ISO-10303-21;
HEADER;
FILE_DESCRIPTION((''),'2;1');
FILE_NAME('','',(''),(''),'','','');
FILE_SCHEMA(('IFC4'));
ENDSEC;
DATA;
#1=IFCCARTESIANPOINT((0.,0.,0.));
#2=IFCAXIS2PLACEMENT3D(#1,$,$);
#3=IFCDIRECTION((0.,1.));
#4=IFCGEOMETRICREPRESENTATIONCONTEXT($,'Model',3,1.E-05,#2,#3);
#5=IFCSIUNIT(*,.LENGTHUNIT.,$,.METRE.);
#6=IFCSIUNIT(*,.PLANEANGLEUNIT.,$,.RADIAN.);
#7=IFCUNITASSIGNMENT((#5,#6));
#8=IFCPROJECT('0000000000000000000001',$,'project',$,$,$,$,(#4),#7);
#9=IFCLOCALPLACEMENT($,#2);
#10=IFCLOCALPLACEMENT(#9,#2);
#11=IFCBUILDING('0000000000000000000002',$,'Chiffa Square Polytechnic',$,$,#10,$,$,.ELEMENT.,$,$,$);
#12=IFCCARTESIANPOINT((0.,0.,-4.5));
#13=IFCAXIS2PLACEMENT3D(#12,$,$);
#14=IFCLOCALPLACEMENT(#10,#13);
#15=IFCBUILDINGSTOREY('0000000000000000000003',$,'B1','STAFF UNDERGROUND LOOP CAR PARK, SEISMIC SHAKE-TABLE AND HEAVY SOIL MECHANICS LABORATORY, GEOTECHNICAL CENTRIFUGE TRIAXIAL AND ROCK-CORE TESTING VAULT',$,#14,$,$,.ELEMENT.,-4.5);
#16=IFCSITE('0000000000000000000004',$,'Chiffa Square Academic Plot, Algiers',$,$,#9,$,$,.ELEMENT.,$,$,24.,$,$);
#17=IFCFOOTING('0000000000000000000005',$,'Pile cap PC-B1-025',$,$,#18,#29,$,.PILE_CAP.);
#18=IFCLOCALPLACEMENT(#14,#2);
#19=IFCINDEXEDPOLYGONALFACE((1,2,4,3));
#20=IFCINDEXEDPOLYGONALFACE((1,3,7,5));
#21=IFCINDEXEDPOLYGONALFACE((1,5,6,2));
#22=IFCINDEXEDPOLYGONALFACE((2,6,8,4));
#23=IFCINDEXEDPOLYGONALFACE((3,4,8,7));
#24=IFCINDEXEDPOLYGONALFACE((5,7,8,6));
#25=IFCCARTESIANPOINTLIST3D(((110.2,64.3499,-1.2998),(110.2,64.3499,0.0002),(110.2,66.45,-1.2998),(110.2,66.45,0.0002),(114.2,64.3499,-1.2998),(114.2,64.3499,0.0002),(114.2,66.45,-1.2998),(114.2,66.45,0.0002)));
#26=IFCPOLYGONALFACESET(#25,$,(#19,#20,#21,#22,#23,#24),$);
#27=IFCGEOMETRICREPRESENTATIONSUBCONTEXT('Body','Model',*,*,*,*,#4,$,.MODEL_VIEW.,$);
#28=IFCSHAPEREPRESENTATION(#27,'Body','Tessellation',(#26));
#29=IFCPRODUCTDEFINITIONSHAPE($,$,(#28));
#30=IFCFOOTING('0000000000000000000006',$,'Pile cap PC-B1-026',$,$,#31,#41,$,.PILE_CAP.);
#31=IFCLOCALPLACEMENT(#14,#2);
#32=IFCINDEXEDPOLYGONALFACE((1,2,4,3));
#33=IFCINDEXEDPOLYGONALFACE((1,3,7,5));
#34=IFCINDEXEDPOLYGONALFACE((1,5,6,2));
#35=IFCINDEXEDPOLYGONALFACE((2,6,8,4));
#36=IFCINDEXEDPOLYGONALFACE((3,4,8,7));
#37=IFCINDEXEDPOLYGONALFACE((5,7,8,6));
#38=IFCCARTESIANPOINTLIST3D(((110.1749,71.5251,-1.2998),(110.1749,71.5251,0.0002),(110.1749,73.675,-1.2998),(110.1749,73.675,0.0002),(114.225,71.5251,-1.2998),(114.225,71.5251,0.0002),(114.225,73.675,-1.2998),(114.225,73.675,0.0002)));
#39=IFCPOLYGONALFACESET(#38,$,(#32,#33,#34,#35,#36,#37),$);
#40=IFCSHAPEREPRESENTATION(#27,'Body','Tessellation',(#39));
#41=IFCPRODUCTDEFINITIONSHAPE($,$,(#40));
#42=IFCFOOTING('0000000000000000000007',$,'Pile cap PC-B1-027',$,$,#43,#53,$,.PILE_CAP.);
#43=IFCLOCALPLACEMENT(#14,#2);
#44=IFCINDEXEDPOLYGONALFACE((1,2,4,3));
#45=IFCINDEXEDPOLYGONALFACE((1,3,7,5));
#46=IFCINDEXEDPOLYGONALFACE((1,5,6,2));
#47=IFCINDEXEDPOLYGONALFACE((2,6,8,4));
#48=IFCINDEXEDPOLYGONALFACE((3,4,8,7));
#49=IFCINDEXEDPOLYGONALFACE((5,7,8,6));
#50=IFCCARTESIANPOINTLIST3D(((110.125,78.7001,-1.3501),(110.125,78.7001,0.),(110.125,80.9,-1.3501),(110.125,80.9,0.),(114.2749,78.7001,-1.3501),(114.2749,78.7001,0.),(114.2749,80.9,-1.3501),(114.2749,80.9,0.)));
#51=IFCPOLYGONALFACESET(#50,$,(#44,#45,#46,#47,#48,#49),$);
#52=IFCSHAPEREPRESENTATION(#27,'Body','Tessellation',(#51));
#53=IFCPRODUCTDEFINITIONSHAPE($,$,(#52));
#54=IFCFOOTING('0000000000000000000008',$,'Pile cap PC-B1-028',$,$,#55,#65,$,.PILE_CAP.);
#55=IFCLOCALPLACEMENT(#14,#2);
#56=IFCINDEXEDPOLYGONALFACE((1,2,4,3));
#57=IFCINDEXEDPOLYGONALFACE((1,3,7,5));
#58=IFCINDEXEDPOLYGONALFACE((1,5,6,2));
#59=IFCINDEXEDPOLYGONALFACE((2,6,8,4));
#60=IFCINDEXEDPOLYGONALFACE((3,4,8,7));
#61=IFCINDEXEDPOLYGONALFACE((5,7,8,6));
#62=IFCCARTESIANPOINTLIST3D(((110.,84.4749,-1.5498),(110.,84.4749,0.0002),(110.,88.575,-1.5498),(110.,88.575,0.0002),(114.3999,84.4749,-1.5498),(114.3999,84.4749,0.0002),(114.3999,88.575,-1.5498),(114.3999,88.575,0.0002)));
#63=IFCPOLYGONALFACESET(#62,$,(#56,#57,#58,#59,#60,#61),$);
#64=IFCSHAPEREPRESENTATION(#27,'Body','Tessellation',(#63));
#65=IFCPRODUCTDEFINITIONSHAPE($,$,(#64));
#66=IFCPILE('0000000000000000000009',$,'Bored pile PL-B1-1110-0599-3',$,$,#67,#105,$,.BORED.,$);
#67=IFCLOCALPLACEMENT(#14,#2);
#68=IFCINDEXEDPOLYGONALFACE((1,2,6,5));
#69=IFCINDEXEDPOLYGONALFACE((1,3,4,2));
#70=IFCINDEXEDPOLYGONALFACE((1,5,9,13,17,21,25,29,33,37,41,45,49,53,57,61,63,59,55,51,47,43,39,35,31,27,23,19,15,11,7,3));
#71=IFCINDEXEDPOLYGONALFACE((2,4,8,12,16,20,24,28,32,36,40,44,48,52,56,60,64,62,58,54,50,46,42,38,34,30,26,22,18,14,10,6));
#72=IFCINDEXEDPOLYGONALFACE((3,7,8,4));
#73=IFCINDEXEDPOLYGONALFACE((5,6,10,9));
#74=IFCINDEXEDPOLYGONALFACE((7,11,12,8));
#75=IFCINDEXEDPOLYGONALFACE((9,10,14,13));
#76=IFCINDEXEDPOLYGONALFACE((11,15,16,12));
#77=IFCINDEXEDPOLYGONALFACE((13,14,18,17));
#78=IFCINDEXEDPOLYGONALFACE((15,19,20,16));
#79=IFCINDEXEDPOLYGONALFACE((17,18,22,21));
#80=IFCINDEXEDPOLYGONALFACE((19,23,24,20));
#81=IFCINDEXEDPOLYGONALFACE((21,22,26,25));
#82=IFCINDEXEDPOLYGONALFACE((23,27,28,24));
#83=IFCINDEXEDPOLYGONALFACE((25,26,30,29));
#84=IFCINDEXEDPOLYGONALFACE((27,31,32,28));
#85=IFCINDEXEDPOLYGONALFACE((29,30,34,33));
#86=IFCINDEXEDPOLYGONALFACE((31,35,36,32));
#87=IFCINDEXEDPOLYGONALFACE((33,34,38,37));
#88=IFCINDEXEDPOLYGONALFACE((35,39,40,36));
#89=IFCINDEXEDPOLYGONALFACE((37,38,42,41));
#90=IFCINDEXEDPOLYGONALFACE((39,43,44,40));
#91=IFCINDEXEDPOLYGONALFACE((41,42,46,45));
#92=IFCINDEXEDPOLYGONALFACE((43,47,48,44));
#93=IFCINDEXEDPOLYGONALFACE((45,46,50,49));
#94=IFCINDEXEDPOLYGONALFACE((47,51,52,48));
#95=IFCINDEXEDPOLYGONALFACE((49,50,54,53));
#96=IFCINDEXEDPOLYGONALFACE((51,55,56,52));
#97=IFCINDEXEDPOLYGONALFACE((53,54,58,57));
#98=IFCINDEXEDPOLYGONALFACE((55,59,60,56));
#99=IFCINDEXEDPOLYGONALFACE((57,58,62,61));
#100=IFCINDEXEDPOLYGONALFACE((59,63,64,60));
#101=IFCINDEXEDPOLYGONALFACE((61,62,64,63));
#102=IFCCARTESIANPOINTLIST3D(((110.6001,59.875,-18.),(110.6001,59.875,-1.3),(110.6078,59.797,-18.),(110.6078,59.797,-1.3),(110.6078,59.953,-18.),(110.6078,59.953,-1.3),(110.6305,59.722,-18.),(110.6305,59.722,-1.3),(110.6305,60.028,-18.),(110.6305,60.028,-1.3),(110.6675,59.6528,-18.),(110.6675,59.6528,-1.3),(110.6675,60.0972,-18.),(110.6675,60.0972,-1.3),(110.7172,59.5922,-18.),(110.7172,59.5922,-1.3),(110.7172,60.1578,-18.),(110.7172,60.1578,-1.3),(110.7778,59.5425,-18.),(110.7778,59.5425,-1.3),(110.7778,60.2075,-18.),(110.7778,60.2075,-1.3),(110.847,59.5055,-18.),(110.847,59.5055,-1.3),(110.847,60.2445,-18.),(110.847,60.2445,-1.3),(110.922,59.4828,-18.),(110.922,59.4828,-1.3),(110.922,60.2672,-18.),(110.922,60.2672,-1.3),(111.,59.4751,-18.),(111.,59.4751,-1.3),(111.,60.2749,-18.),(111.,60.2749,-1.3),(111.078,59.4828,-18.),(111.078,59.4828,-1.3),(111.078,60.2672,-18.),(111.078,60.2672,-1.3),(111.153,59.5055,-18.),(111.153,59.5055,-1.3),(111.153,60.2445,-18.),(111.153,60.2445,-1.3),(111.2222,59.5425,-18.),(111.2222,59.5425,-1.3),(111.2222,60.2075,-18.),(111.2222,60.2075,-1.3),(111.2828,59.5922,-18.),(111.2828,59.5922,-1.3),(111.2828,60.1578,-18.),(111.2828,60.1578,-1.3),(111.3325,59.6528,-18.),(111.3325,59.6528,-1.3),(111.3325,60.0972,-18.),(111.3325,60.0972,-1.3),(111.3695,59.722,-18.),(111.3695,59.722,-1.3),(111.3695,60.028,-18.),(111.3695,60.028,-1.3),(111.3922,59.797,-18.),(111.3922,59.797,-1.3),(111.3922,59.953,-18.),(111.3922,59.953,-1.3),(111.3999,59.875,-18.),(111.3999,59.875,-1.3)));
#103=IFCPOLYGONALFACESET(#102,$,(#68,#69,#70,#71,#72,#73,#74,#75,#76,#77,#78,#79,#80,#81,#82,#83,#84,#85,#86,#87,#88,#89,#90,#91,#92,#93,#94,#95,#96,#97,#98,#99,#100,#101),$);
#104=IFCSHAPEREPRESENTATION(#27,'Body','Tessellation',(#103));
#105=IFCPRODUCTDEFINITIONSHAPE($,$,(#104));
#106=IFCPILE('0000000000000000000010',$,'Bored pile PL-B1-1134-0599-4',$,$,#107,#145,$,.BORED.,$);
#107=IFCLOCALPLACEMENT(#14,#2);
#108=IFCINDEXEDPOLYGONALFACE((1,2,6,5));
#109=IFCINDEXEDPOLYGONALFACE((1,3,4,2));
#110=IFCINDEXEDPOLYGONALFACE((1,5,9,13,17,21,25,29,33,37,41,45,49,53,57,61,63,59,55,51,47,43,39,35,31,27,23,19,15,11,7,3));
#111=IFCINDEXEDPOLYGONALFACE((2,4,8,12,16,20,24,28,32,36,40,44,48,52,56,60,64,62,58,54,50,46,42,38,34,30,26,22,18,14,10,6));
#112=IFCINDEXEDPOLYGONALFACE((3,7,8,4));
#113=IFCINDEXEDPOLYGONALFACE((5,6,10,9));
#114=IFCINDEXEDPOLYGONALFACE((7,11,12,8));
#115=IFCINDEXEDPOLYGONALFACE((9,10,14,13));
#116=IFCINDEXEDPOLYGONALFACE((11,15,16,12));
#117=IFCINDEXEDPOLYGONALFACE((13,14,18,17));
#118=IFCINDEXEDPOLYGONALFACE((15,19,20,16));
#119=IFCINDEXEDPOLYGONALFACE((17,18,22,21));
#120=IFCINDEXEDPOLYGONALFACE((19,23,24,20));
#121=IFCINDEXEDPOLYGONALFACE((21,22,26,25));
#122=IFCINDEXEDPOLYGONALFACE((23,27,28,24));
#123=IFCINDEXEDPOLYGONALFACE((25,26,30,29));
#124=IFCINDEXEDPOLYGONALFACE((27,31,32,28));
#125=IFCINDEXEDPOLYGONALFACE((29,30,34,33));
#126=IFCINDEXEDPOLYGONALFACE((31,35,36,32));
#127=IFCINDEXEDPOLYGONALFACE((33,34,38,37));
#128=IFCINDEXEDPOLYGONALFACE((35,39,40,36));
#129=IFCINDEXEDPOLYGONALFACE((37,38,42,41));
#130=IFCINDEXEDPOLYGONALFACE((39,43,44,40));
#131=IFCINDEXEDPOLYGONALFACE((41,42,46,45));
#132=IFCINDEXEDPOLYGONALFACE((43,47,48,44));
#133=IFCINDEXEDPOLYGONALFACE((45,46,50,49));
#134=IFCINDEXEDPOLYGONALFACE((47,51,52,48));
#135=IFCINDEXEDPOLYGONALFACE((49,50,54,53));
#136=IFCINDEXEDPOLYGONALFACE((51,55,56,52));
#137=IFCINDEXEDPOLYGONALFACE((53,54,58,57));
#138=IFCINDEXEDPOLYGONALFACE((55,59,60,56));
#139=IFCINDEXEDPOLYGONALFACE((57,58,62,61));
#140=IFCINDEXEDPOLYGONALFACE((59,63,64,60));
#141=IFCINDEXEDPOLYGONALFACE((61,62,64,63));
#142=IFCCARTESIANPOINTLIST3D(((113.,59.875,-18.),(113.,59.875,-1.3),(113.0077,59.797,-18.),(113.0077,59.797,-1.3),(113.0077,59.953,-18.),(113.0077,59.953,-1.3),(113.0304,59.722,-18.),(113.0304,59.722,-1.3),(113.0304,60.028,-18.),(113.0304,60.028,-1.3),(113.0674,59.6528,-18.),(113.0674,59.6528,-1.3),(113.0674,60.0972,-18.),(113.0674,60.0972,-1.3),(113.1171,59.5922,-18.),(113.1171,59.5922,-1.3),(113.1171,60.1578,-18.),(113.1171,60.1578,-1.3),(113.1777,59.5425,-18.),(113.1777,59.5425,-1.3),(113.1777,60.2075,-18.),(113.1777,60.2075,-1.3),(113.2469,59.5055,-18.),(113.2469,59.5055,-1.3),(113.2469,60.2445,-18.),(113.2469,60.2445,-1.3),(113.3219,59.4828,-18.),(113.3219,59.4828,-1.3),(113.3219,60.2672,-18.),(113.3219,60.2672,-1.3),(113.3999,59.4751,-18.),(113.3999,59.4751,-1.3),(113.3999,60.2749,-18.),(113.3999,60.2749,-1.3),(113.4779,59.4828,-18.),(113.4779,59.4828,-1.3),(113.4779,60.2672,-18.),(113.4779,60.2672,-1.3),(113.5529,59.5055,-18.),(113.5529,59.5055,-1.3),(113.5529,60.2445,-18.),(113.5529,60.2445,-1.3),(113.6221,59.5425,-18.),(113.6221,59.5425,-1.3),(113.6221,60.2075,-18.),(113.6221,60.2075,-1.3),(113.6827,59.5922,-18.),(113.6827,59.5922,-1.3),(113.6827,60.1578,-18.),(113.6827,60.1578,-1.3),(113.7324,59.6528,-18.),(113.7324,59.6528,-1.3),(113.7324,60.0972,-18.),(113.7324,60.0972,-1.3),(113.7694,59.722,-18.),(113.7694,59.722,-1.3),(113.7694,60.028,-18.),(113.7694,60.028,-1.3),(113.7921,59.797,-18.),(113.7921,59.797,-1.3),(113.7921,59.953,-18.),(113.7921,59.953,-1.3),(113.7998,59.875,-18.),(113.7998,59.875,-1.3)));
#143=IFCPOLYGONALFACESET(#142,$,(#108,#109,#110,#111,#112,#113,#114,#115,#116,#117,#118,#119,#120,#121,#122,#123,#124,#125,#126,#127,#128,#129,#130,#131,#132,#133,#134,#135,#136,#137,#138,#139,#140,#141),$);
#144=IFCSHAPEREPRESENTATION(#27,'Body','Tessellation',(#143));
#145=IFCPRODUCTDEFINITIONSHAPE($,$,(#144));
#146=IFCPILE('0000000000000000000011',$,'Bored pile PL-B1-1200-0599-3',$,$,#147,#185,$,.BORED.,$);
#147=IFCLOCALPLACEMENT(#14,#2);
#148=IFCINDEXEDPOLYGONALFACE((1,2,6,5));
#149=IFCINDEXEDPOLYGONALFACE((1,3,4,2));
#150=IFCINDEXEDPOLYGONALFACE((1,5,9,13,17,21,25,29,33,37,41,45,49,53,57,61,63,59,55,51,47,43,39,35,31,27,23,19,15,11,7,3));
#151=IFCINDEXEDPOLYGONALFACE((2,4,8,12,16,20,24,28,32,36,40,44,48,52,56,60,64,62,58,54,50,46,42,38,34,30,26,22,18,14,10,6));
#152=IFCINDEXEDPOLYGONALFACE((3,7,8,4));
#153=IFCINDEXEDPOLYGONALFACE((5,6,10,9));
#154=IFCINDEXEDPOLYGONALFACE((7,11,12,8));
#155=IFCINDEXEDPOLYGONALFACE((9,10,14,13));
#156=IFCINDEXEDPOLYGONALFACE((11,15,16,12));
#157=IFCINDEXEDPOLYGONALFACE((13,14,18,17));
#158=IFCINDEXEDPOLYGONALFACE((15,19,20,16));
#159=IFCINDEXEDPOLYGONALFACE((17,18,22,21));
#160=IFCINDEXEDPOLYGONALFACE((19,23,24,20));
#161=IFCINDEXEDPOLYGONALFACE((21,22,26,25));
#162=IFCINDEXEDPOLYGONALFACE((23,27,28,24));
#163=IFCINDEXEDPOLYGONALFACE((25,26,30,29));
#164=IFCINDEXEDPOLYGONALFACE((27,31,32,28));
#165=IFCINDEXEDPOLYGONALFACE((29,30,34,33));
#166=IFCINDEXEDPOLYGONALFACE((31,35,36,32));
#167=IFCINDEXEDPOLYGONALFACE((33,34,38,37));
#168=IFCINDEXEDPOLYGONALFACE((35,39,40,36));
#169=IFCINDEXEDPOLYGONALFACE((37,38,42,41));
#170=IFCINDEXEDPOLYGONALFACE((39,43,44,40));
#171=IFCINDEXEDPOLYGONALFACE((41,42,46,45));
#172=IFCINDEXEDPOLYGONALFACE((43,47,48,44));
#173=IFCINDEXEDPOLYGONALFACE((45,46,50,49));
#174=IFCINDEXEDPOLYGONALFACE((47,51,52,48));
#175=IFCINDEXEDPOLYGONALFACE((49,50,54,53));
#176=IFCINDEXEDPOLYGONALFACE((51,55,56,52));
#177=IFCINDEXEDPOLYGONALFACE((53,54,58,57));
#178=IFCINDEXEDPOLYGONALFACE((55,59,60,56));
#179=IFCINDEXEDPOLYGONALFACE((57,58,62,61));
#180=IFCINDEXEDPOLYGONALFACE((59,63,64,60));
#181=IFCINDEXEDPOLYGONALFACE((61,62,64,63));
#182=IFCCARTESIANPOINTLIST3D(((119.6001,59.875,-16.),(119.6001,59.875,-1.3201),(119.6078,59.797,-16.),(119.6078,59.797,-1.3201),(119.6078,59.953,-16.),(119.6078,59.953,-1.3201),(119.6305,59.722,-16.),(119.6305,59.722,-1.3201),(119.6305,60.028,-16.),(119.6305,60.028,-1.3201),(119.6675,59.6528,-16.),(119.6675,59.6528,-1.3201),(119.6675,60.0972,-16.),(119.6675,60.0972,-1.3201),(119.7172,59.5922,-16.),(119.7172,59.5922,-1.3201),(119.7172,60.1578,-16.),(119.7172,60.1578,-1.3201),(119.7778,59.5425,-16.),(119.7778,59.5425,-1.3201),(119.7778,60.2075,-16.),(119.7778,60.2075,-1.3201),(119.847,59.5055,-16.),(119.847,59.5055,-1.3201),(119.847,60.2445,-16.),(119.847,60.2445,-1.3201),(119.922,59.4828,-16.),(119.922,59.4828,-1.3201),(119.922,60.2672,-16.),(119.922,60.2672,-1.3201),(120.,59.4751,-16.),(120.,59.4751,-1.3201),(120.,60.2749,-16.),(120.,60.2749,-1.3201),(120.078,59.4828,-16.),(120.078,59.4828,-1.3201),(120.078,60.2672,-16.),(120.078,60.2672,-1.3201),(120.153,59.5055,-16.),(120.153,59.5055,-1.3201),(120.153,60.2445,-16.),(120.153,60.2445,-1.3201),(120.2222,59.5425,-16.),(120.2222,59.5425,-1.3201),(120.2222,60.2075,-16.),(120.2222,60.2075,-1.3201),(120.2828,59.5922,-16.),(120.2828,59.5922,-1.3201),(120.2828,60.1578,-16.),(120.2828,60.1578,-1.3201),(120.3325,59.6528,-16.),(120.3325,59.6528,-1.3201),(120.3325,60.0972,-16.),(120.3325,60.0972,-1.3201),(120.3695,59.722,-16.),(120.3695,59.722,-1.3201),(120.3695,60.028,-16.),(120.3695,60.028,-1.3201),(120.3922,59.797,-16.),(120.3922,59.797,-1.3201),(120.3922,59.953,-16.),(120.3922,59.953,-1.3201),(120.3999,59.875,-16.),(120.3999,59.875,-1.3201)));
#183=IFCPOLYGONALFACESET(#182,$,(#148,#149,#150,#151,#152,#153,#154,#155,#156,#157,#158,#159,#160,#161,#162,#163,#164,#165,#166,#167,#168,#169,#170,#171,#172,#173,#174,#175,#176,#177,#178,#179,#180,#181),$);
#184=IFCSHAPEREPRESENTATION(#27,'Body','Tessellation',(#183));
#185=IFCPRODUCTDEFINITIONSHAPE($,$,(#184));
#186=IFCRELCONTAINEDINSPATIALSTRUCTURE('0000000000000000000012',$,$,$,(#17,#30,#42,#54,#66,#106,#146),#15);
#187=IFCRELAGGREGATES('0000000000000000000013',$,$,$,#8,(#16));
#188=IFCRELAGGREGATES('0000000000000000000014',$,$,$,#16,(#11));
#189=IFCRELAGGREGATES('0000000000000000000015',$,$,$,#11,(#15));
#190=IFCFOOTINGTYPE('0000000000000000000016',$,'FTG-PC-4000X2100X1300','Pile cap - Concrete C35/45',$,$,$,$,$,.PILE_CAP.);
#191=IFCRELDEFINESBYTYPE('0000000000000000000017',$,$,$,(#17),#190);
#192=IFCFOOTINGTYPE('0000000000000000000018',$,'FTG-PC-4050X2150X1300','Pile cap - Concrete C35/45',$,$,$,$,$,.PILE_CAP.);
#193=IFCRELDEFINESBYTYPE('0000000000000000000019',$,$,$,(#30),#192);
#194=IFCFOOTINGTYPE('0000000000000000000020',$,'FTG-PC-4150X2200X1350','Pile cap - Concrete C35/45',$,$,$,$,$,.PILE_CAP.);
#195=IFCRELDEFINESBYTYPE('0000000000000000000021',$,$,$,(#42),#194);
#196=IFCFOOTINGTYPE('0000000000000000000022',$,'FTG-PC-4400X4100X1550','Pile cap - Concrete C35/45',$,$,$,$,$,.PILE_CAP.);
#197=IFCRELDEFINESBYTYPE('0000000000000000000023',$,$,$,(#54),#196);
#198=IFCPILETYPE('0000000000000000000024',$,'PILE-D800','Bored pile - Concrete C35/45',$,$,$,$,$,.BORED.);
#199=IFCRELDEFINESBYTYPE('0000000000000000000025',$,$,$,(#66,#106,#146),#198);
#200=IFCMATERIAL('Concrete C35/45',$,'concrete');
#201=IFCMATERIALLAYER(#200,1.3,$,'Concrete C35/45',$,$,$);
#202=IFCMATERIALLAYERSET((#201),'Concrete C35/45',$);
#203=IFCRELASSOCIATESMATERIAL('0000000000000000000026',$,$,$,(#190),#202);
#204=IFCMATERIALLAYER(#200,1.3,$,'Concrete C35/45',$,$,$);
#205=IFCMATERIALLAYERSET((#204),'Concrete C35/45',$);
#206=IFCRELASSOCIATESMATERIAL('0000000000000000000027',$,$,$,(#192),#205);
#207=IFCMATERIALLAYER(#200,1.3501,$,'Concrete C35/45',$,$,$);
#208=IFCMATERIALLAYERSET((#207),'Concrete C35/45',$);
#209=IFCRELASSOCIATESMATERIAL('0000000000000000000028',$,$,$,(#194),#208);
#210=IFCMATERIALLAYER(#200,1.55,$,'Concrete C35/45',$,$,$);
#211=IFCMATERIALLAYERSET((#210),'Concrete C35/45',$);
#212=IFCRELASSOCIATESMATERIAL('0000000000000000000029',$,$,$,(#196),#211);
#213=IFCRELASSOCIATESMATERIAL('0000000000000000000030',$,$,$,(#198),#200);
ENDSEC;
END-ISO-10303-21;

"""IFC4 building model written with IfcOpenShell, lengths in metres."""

from ifc_helpers import new_model, si_unit, direction, frame, origin, origin_2d, place, context, subcontext, project, spatial, rectangle, circle, extrude, material, layer, layer_set, material_profile, profile_set, type_object, element, save


model = new_model("IFC4")

# Units and contexts
model_context = context("Model", 3, precision=1e-05, world=origin(), true_north=direction((0.0, 1.0)))
body_context = subcontext(model_context, "Body", "Model", "MODEL_VIEW")
ifc_project = project(units=[si_unit("LENGTHUNIT", "METRE"), si_unit("PLANEANGLEUNIT", "RADIAN")], contexts=[model_context])

# Site, building, storey
site_placement = place(None, origin())
site = spatial("IfcSite", under=ifc_project, at=site_placement, Name="Chiffa Square Academic Plot, Algiers", CompositionType="ELEMENT", RefElevation=24.0)
building_placement = place(site_placement, origin())
building = spatial("IfcBuilding", under=site, at=building_placement, Name="Chiffa Square Polytechnic", CompositionType="ELEMENT")
storey_placement = place(building_placement, frame((0.0, 0.0, -4.5)))
storey = spatial("IfcBuildingStorey", under=building, at=storey_placement, Name="B1", Description="STAFF UNDERGROUND LOOP CAR PARK, SEISMIC SHAKE-TABLE AND HEAVY SOIL MECHANICS LABORATORY, GEOTECHNICAL CENTRIFUGE TRIAXIAL AND ROCK-CORE TESTING VAULT", CompositionType="ELEMENT", Elevation=-4.5)

# Footings
ifc_material = material(Name="Concrete C35/45", Category="concrete")
ifc_layer_1 = layer(ifc_material, 1.3, Name="Concrete C35/45")
ifc_layer_set_1 = layer_set([ifc_layer_1], Name="Concrete C35/45")
footing_type_1 = type_object("IfcFootingType", Name="FTG-PC-4000X2100X1300", Description="Pile cap - Concrete C35/45", PredefinedType="PILE_CAP", material=ifc_layer_set_1)
footing_1_placement = place(storey_placement, frame((112.2, 65.3999, -1.2998), z_axis=(0.0, 0.0, 1.0), x_axis=(1.0, 0.0, 0.0)))
element("IfcFooting", 1, at=footing_1_placement, inside=storey, type_object=footing_type_1, Name="Pile cap PC-B1-025", PredefinedType="PILE_CAP", context=body_context, shape_type="SweptSolid", body=[
    extrude(rectangle(XDim=4.0, YDim=2.1001, at=origin_2d()), origin(), (0.0, 0.0, 1.0), 1.3),
])
ifc_layer_2 = layer(ifc_material, 1.3, Name="Concrete C35/45")
ifc_layer_set_2 = layer_set([ifc_layer_2], Name="Concrete C35/45")
footing_type_2 = type_object("IfcFootingType", Name="FTG-PC-4050X2150X1300", Description="Pile cap - Concrete C35/45", PredefinedType="PILE_CAP", material=ifc_layer_set_2)
footing_2_placement = place(storey_placement, frame((112.2, 72.6001, -1.2998), z_axis=(0.0, 0.0, 1.0), x_axis=(1.0, 0.0, 0.0)))
element("IfcFooting", 2, at=footing_2_placement, inside=storey, type_object=footing_type_2, Name="Pile cap PC-B1-026", PredefinedType="PILE_CAP", context=body_context, shape_type="SweptSolid", body=[
    extrude(rectangle(XDim=4.05, YDim=2.1499, at=origin_2d()), origin(), (0.0, 0.0, 1.0), 1.3),
])
ifc_layer_3 = layer(ifc_material, 1.3501, Name="Concrete C35/45")
ifc_layer_set_3 = layer_set([ifc_layer_3], Name="Concrete C35/45")
footing_type_3 = type_object("IfcFootingType", Name="FTG-PC-4150X2200X1350", Description="Pile cap - Concrete C35/45", PredefinedType="PILE_CAP", material=ifc_layer_set_3)
footing_3_placement = place(storey_placement, frame((112.2, 79.8, -1.3501), z_axis=(0.0, 0.0, 1.0), x_axis=(1.0, 0.0, 0.0)))
element("IfcFooting", 3, at=footing_3_placement, inside=storey, type_object=footing_type_3, Name="Pile cap PC-B1-027", PredefinedType="PILE_CAP", context=body_context, shape_type="SweptSolid", body=[
    extrude(rectangle(XDim=4.1499, YDim=2.2, at=origin_2d()), origin(), (0.0, 0.0, 1.0), 1.3501),
])
ifc_layer_4 = layer(ifc_material, 1.55, Name="Concrete C35/45")
ifc_layer_set_4 = layer_set([ifc_layer_4], Name="Concrete C35/45")
footing_type_4 = type_object("IfcFootingType", Name="FTG-PC-4400X4100X1550", Description="Pile cap - Concrete C35/45", PredefinedType="PILE_CAP", material=ifc_layer_set_4)
footing_4_placement = place(storey_placement, frame((112.2, 86.5249, -1.5498), z_axis=(0.0, 0.0, 1.0), x_axis=(1.0, 0.0, 0.0)))
element("IfcFooting", 4, at=footing_4_placement, inside=storey, type_object=footing_type_4, Name="Pile cap PC-B1-028", PredefinedType="PILE_CAP", context=body_context, shape_type="SweptSolid", body=[
    extrude(rectangle(XDim=4.3999, YDim=4.1001, at=origin_2d()), origin(), (0.0, 0.0, 1.0), 1.55),
])

# Piles
ifc_material_profile_1 = material_profile(ifc_material, circle(Radius=0.3999, at=origin_2d()), Name="PILE D800")
ifc_profile_set_1 = profile_set([ifc_material_profile_1], Name="Concrete C35/45")
pile_type_1 = type_object("IfcPileType", Name="PILE-D800", Description="Bored pile - Concrete C35/45", PredefinedType="BORED", material=ifc_profile_set_1)
for number, where, z_axis, x_axis, name in (
    (5, (111.0, 59.875, -1.3), (0.0, 0.0, -1.0), (1.0, 0.0, 0.0), "Bored pile PL-B1-1110-0599-3"),
    (6, (113.3999, 59.875, -1.3), (0.0, 0.0, -1.0), (1.0, 0.0, 0.0), "Bored pile PL-B1-1134-0599-4"),
):
    element("IfcPile", number, at=place(storey_placement, frame(where, z_axis=z_axis, x_axis=x_axis)), inside=storey, type_object=pile_type_1, Name=name, PredefinedType="BORED", context=body_context, shape_type="SweptSolid", body=[
        extrude(circle(Radius=0.3999, at=origin_2d()), origin(), (0.0, 0.0, 1.0), 16.7),
    ])
for number, where, z_axis, x_axis, name in (
    (7, (120.0, 59.875, -1.3201), (0.0, 0.0, -1.0), (1.0, 0.0, 0.0), "Bored pile PL-B1-1200-0599-3"),
):
    element("IfcPile", number, at=place(storey_placement, frame(where, z_axis=z_axis, x_axis=x_axis)), inside=storey, type_object=pile_type_1, Name=name, PredefinedType="BORED", context=body_context, shape_type="SweptSolid", body=[
        extrude(circle(Radius=0.3999, at=origin_2d()), origin(), (0.0, 0.0, 1.0), 14.6799),
    ])

save(model, "model.ifc")
